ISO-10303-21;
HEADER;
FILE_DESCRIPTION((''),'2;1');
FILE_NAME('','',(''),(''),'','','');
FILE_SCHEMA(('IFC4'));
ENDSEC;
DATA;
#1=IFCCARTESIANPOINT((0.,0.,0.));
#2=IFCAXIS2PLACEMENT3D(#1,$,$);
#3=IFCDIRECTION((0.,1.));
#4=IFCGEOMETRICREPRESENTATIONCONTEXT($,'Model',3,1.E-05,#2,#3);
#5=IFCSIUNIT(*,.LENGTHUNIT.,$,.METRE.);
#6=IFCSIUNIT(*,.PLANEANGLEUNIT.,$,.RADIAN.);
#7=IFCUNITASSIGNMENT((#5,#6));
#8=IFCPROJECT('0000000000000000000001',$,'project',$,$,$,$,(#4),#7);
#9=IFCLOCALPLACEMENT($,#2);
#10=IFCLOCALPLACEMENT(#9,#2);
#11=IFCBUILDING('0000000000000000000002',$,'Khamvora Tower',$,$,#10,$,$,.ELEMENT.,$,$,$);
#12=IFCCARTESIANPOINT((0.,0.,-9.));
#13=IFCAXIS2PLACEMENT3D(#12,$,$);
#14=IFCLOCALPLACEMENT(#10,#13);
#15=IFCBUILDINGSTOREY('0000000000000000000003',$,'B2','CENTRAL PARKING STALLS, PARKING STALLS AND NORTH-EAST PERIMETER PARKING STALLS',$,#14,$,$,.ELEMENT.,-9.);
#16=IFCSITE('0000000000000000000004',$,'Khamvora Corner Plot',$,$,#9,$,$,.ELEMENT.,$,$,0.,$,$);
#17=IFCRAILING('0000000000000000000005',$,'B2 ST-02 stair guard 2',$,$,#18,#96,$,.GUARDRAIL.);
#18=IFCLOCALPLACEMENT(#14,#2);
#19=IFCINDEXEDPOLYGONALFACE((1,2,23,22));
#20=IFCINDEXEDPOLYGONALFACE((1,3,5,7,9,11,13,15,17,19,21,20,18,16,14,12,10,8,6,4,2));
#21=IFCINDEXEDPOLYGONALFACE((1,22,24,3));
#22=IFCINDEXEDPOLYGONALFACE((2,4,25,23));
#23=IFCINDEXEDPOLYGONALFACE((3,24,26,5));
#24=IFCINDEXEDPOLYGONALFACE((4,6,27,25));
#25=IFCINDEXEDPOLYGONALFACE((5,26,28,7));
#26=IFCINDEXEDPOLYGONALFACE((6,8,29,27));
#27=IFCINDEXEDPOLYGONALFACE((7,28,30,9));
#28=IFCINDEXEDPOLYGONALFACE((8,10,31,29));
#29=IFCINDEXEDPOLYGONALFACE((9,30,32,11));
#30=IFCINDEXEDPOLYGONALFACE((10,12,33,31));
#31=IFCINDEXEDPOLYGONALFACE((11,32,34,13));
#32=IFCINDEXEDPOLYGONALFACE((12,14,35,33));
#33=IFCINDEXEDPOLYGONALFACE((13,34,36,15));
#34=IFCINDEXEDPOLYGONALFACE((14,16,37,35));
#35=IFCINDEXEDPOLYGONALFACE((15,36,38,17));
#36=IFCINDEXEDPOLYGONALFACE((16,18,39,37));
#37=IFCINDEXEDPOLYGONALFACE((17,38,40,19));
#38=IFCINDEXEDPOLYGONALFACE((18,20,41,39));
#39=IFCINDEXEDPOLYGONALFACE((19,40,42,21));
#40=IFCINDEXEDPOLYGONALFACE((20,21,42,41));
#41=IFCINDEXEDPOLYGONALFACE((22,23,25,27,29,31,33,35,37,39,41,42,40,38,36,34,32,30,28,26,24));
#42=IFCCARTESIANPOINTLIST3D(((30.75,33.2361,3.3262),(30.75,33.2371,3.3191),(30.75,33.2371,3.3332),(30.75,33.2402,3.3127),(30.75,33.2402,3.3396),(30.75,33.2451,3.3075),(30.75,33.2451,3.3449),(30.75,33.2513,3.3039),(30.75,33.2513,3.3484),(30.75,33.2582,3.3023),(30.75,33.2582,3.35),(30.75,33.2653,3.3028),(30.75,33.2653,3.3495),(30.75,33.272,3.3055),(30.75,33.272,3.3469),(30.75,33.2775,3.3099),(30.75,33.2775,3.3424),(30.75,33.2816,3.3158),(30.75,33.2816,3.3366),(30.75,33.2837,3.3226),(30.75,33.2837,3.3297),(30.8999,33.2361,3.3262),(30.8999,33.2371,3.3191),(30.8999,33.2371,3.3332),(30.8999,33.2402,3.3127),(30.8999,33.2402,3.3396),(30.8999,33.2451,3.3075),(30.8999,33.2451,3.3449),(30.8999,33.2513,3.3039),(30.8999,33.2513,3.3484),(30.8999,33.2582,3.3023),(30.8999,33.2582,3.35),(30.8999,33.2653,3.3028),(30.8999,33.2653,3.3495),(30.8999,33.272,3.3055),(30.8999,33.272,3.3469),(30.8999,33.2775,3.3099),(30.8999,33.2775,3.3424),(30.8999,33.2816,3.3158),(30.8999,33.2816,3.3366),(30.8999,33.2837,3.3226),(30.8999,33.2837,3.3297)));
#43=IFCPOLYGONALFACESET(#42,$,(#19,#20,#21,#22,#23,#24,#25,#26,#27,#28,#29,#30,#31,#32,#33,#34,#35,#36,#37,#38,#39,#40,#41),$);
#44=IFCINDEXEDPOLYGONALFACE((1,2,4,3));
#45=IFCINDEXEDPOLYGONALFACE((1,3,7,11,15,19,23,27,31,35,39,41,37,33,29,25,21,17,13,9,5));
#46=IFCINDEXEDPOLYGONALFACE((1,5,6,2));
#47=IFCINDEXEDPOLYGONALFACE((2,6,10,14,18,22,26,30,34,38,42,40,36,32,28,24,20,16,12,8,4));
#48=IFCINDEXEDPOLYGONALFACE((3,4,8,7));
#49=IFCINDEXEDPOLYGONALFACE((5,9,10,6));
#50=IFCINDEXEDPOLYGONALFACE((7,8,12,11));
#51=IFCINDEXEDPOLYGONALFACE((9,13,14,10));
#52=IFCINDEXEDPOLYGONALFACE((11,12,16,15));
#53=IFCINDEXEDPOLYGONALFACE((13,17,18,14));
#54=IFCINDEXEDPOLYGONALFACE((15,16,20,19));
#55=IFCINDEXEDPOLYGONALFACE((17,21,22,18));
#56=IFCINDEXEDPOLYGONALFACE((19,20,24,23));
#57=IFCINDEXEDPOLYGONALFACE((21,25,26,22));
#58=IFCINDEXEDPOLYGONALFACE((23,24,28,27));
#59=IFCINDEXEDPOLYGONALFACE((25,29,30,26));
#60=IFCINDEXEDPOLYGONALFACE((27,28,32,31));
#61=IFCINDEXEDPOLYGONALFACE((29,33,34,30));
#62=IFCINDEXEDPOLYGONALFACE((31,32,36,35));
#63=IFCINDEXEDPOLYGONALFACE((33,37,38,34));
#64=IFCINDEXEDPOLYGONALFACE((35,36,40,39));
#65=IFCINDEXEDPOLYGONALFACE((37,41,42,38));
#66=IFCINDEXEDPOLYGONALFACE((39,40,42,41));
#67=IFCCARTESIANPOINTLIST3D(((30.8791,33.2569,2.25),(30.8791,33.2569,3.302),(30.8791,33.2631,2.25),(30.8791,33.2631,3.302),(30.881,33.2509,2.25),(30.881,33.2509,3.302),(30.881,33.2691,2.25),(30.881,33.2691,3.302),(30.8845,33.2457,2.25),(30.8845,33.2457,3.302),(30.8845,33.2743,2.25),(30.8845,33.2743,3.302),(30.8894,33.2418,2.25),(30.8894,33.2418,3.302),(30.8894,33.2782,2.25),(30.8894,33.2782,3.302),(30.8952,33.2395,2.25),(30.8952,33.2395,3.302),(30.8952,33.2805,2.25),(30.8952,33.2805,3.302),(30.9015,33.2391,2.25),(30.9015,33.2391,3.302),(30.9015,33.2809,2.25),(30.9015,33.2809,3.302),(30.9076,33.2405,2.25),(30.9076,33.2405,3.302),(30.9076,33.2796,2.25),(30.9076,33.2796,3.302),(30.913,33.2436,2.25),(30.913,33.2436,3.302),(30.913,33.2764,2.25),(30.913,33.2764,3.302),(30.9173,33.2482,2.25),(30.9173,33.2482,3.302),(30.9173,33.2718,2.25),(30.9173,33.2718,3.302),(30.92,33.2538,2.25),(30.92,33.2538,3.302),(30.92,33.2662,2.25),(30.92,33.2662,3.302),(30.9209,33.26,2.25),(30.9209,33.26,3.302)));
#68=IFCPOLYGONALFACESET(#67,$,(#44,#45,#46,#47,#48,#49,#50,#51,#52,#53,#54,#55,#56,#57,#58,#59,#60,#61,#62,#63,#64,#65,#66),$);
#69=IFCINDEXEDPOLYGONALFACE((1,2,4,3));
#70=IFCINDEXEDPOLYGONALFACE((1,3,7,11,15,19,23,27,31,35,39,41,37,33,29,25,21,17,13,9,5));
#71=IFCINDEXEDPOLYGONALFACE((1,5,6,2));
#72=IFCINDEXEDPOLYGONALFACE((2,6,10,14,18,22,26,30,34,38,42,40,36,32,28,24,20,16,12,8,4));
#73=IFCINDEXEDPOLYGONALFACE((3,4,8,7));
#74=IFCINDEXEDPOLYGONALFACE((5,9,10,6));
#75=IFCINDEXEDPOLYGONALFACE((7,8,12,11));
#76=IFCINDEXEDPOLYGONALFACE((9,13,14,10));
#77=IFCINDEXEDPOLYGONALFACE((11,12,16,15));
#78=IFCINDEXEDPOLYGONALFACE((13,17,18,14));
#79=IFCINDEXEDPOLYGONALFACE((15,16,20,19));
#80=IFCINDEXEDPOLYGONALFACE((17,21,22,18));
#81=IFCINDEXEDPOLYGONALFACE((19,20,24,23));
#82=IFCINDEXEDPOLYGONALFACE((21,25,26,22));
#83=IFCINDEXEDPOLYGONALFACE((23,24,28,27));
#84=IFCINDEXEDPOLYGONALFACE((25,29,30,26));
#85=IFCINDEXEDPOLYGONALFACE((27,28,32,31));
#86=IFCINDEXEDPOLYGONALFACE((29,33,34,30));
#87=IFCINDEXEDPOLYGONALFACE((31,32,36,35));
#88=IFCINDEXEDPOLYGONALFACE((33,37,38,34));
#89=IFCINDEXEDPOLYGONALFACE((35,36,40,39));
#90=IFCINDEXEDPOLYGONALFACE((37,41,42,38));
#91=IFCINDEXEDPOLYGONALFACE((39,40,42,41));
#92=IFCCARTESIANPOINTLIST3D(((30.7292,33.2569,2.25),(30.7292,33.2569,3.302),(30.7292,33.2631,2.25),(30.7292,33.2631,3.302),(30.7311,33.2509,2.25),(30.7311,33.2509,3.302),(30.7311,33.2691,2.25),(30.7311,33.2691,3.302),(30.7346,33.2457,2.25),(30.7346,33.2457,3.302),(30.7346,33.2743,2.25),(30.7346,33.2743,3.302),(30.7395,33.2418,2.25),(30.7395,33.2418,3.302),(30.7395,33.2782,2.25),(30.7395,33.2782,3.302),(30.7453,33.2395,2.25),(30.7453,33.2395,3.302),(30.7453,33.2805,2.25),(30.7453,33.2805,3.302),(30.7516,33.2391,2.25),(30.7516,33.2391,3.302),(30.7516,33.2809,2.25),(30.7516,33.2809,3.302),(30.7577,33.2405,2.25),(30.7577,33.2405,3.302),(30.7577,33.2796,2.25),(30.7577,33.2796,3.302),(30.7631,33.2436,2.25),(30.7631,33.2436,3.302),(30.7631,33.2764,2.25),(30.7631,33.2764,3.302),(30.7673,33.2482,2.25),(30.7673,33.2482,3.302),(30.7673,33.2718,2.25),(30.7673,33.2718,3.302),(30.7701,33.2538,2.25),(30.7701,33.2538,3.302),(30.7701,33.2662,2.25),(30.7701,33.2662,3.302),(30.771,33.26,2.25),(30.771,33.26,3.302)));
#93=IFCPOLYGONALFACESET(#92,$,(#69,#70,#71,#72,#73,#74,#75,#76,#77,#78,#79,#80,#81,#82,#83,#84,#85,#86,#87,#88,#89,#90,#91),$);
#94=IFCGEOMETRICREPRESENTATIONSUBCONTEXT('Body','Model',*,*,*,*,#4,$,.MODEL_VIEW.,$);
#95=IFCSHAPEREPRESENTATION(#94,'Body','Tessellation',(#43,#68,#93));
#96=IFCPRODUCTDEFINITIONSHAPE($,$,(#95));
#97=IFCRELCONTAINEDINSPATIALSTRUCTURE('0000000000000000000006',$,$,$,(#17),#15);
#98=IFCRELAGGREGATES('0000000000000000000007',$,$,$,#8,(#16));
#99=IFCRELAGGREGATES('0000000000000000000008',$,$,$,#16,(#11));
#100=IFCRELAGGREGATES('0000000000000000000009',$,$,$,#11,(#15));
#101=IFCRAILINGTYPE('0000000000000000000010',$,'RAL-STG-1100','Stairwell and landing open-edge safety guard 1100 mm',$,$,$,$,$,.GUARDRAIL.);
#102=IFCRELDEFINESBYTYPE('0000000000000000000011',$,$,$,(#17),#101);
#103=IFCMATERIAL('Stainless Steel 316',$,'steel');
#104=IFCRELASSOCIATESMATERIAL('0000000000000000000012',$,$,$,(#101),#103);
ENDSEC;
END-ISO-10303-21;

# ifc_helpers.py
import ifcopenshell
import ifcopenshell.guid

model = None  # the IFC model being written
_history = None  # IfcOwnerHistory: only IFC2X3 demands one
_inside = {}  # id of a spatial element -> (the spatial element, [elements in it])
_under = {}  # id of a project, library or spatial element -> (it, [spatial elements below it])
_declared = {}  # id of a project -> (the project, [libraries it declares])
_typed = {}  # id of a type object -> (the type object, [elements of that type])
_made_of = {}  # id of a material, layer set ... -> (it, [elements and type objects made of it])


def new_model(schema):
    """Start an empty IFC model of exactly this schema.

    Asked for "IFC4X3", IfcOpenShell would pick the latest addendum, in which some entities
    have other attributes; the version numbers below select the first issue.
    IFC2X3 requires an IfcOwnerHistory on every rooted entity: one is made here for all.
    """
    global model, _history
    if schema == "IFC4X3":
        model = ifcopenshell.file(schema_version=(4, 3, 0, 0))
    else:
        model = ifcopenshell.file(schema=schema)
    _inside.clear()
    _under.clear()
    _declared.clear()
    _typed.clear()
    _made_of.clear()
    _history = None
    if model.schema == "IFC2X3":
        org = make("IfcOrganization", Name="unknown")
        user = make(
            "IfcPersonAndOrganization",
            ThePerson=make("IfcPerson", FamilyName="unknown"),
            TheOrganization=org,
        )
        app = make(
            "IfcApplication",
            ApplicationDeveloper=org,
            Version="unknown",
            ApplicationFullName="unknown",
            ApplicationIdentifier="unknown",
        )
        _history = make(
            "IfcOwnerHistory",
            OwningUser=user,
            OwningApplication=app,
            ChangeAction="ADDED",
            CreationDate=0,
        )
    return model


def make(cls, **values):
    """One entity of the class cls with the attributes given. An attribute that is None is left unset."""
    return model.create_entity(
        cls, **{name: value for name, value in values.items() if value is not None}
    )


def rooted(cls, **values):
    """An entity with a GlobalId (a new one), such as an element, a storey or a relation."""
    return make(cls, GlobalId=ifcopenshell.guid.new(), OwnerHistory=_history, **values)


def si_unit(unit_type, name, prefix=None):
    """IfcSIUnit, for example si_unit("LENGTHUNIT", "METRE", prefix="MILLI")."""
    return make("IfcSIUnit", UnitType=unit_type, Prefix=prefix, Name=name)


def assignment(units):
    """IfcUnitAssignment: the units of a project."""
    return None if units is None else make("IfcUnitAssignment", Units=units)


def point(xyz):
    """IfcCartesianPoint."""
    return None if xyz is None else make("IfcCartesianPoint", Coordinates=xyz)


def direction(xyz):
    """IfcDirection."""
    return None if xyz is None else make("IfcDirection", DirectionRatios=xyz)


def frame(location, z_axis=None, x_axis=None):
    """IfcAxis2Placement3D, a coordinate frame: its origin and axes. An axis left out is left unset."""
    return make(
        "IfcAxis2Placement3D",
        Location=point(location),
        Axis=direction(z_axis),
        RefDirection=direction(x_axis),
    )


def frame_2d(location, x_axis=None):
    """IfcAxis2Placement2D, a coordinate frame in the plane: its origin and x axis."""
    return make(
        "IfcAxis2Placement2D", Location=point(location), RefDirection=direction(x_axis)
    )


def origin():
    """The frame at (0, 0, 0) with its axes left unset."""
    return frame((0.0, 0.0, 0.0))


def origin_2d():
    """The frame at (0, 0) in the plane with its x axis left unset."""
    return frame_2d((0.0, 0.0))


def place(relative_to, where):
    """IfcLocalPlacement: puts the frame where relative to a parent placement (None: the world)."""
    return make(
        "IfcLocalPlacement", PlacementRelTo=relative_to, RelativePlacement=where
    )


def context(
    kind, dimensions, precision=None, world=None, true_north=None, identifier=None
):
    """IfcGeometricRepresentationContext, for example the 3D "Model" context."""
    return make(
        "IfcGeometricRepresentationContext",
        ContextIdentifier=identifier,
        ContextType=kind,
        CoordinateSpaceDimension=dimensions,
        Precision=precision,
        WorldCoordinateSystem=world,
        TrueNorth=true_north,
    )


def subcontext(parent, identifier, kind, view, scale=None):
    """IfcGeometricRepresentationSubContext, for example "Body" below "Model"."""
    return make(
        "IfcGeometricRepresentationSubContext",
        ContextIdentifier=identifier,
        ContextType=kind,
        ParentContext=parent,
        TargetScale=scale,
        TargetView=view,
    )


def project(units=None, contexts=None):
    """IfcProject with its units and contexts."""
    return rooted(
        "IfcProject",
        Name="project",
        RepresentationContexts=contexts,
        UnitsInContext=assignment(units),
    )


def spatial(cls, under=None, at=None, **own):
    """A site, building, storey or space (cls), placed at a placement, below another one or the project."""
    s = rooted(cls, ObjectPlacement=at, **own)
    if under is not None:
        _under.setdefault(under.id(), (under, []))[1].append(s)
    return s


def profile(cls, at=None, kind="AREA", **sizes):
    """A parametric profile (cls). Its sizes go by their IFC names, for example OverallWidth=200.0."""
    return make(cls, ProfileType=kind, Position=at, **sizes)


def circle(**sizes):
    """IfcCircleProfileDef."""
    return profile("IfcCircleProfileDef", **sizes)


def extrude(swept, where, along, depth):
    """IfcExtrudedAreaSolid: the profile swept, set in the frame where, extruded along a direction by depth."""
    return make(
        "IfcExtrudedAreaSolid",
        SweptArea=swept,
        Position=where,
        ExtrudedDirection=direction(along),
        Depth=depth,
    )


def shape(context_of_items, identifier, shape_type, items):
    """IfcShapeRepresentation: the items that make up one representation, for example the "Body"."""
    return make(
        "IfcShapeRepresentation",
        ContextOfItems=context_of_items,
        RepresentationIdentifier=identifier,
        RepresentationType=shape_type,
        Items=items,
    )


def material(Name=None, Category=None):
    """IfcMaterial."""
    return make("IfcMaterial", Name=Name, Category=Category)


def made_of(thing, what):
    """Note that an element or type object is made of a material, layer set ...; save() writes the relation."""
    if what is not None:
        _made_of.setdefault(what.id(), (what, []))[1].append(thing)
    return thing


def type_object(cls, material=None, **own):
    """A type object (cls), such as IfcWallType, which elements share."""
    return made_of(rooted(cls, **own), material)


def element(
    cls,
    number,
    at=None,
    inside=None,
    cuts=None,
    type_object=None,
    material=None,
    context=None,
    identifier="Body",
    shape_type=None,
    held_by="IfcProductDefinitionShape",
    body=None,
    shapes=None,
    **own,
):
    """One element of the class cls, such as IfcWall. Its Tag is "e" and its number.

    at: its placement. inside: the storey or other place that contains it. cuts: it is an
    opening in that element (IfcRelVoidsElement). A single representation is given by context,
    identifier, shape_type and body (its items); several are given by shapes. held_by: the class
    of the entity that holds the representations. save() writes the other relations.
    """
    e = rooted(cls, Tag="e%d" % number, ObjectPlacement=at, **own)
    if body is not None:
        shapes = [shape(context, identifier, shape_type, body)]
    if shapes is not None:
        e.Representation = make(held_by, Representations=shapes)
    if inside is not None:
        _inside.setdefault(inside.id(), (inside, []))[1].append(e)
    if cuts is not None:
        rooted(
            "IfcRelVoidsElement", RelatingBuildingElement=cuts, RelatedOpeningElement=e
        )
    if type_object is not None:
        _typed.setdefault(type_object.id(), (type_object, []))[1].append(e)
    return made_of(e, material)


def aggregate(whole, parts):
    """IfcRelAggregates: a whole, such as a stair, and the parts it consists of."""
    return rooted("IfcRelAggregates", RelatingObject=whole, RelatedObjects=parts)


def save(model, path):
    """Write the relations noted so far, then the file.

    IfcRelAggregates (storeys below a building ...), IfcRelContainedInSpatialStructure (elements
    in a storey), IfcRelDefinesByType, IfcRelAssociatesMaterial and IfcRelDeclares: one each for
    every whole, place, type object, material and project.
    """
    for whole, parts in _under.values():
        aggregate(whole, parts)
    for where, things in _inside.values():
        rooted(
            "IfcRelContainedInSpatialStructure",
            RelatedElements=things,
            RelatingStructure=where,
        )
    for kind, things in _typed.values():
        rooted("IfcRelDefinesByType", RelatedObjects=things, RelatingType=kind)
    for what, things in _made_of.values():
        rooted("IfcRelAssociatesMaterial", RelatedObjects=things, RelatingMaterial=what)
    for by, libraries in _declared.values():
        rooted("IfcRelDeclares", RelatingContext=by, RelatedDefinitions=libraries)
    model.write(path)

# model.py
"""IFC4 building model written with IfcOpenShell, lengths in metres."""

from ifc_helpers import new_model, si_unit, direction, frame, origin, origin_2d, place, context, subcontext, project, spatial, circle, extrude, material, type_object, element, save


model = new_model("IFC4")

# Units and contexts
model_context = context("Model", 3, precision=1e-05, world=origin(), true_north=direction((0.0, 1.0)))
body_context = subcontext(model_context, "Body", "Model", "MODEL_VIEW")
ifc_project = project(units=[si_unit("LENGTHUNIT", "METRE"), si_unit("PLANEANGLEUNIT", "RADIAN")], contexts=[model_context])

# Site, building, storey
site_placement = place(None, origin())
site = spatial("IfcSite", under=ifc_project, at=site_placement, Name="Khamvora Corner Plot", CompositionType="ELEMENT", RefElevation=0.0)
building_placement = place(site_placement, origin())
building = spatial("IfcBuilding", under=site, at=building_placement, Name="Khamvora Tower", CompositionType="ELEMENT")
storey_placement = place(building_placement, frame((0.0, 0.0, -9.0)))
storey = spatial("IfcBuildingStorey", under=building, at=storey_placement, Name="B2", Description="CENTRAL PARKING STALLS, PARKING STALLS AND NORTH-EAST PERIMETER PARKING STALLS", CompositionType="ELEMENT", Elevation=-9.0)

# Railing
ifc_material_1 = material(Name="Stainless Steel 316", Category="steel")
railing_type_1 = type_object("IfcRailingType", Name="RAL-STG-1100", Description="Stairwell and landing open-edge safety guard 1100 mm", PredefinedType="GUARDRAIL", material=ifc_material_1)
railing_1_placement = place(storey_placement, frame((30.8999, 33.26, 2.25)))
element("IfcRailing", 1, at=railing_1_placement, inside=storey, type_object=railing_type_1, Name="B2 ST-02 stair guard 2", PredefinedType="GUARDRAIL", context=body_context, shape_type="SweptSolid", body=[
    extrude(circle(Radius=0.0239, at=origin_2d()), frame((0.0, 0.0, 1.0762), z_axis=(-1.0, 0.0, 0.0), x_axis=(0.0, -1.0, 0.0)), (0.0, 0.0, 1.0), 0.1499),
    extrude(circle(Radius=0.021, at=origin_2d()), origin(), (0.0, 0.0, 1.0), 1.052),
    extrude(circle(Radius=0.021, at=origin_2d()), frame((-0.1499, 0.0, 0.0)), (0.0, 0.0, 1.0), 1.052),
])

save(model, "model.ifc")
